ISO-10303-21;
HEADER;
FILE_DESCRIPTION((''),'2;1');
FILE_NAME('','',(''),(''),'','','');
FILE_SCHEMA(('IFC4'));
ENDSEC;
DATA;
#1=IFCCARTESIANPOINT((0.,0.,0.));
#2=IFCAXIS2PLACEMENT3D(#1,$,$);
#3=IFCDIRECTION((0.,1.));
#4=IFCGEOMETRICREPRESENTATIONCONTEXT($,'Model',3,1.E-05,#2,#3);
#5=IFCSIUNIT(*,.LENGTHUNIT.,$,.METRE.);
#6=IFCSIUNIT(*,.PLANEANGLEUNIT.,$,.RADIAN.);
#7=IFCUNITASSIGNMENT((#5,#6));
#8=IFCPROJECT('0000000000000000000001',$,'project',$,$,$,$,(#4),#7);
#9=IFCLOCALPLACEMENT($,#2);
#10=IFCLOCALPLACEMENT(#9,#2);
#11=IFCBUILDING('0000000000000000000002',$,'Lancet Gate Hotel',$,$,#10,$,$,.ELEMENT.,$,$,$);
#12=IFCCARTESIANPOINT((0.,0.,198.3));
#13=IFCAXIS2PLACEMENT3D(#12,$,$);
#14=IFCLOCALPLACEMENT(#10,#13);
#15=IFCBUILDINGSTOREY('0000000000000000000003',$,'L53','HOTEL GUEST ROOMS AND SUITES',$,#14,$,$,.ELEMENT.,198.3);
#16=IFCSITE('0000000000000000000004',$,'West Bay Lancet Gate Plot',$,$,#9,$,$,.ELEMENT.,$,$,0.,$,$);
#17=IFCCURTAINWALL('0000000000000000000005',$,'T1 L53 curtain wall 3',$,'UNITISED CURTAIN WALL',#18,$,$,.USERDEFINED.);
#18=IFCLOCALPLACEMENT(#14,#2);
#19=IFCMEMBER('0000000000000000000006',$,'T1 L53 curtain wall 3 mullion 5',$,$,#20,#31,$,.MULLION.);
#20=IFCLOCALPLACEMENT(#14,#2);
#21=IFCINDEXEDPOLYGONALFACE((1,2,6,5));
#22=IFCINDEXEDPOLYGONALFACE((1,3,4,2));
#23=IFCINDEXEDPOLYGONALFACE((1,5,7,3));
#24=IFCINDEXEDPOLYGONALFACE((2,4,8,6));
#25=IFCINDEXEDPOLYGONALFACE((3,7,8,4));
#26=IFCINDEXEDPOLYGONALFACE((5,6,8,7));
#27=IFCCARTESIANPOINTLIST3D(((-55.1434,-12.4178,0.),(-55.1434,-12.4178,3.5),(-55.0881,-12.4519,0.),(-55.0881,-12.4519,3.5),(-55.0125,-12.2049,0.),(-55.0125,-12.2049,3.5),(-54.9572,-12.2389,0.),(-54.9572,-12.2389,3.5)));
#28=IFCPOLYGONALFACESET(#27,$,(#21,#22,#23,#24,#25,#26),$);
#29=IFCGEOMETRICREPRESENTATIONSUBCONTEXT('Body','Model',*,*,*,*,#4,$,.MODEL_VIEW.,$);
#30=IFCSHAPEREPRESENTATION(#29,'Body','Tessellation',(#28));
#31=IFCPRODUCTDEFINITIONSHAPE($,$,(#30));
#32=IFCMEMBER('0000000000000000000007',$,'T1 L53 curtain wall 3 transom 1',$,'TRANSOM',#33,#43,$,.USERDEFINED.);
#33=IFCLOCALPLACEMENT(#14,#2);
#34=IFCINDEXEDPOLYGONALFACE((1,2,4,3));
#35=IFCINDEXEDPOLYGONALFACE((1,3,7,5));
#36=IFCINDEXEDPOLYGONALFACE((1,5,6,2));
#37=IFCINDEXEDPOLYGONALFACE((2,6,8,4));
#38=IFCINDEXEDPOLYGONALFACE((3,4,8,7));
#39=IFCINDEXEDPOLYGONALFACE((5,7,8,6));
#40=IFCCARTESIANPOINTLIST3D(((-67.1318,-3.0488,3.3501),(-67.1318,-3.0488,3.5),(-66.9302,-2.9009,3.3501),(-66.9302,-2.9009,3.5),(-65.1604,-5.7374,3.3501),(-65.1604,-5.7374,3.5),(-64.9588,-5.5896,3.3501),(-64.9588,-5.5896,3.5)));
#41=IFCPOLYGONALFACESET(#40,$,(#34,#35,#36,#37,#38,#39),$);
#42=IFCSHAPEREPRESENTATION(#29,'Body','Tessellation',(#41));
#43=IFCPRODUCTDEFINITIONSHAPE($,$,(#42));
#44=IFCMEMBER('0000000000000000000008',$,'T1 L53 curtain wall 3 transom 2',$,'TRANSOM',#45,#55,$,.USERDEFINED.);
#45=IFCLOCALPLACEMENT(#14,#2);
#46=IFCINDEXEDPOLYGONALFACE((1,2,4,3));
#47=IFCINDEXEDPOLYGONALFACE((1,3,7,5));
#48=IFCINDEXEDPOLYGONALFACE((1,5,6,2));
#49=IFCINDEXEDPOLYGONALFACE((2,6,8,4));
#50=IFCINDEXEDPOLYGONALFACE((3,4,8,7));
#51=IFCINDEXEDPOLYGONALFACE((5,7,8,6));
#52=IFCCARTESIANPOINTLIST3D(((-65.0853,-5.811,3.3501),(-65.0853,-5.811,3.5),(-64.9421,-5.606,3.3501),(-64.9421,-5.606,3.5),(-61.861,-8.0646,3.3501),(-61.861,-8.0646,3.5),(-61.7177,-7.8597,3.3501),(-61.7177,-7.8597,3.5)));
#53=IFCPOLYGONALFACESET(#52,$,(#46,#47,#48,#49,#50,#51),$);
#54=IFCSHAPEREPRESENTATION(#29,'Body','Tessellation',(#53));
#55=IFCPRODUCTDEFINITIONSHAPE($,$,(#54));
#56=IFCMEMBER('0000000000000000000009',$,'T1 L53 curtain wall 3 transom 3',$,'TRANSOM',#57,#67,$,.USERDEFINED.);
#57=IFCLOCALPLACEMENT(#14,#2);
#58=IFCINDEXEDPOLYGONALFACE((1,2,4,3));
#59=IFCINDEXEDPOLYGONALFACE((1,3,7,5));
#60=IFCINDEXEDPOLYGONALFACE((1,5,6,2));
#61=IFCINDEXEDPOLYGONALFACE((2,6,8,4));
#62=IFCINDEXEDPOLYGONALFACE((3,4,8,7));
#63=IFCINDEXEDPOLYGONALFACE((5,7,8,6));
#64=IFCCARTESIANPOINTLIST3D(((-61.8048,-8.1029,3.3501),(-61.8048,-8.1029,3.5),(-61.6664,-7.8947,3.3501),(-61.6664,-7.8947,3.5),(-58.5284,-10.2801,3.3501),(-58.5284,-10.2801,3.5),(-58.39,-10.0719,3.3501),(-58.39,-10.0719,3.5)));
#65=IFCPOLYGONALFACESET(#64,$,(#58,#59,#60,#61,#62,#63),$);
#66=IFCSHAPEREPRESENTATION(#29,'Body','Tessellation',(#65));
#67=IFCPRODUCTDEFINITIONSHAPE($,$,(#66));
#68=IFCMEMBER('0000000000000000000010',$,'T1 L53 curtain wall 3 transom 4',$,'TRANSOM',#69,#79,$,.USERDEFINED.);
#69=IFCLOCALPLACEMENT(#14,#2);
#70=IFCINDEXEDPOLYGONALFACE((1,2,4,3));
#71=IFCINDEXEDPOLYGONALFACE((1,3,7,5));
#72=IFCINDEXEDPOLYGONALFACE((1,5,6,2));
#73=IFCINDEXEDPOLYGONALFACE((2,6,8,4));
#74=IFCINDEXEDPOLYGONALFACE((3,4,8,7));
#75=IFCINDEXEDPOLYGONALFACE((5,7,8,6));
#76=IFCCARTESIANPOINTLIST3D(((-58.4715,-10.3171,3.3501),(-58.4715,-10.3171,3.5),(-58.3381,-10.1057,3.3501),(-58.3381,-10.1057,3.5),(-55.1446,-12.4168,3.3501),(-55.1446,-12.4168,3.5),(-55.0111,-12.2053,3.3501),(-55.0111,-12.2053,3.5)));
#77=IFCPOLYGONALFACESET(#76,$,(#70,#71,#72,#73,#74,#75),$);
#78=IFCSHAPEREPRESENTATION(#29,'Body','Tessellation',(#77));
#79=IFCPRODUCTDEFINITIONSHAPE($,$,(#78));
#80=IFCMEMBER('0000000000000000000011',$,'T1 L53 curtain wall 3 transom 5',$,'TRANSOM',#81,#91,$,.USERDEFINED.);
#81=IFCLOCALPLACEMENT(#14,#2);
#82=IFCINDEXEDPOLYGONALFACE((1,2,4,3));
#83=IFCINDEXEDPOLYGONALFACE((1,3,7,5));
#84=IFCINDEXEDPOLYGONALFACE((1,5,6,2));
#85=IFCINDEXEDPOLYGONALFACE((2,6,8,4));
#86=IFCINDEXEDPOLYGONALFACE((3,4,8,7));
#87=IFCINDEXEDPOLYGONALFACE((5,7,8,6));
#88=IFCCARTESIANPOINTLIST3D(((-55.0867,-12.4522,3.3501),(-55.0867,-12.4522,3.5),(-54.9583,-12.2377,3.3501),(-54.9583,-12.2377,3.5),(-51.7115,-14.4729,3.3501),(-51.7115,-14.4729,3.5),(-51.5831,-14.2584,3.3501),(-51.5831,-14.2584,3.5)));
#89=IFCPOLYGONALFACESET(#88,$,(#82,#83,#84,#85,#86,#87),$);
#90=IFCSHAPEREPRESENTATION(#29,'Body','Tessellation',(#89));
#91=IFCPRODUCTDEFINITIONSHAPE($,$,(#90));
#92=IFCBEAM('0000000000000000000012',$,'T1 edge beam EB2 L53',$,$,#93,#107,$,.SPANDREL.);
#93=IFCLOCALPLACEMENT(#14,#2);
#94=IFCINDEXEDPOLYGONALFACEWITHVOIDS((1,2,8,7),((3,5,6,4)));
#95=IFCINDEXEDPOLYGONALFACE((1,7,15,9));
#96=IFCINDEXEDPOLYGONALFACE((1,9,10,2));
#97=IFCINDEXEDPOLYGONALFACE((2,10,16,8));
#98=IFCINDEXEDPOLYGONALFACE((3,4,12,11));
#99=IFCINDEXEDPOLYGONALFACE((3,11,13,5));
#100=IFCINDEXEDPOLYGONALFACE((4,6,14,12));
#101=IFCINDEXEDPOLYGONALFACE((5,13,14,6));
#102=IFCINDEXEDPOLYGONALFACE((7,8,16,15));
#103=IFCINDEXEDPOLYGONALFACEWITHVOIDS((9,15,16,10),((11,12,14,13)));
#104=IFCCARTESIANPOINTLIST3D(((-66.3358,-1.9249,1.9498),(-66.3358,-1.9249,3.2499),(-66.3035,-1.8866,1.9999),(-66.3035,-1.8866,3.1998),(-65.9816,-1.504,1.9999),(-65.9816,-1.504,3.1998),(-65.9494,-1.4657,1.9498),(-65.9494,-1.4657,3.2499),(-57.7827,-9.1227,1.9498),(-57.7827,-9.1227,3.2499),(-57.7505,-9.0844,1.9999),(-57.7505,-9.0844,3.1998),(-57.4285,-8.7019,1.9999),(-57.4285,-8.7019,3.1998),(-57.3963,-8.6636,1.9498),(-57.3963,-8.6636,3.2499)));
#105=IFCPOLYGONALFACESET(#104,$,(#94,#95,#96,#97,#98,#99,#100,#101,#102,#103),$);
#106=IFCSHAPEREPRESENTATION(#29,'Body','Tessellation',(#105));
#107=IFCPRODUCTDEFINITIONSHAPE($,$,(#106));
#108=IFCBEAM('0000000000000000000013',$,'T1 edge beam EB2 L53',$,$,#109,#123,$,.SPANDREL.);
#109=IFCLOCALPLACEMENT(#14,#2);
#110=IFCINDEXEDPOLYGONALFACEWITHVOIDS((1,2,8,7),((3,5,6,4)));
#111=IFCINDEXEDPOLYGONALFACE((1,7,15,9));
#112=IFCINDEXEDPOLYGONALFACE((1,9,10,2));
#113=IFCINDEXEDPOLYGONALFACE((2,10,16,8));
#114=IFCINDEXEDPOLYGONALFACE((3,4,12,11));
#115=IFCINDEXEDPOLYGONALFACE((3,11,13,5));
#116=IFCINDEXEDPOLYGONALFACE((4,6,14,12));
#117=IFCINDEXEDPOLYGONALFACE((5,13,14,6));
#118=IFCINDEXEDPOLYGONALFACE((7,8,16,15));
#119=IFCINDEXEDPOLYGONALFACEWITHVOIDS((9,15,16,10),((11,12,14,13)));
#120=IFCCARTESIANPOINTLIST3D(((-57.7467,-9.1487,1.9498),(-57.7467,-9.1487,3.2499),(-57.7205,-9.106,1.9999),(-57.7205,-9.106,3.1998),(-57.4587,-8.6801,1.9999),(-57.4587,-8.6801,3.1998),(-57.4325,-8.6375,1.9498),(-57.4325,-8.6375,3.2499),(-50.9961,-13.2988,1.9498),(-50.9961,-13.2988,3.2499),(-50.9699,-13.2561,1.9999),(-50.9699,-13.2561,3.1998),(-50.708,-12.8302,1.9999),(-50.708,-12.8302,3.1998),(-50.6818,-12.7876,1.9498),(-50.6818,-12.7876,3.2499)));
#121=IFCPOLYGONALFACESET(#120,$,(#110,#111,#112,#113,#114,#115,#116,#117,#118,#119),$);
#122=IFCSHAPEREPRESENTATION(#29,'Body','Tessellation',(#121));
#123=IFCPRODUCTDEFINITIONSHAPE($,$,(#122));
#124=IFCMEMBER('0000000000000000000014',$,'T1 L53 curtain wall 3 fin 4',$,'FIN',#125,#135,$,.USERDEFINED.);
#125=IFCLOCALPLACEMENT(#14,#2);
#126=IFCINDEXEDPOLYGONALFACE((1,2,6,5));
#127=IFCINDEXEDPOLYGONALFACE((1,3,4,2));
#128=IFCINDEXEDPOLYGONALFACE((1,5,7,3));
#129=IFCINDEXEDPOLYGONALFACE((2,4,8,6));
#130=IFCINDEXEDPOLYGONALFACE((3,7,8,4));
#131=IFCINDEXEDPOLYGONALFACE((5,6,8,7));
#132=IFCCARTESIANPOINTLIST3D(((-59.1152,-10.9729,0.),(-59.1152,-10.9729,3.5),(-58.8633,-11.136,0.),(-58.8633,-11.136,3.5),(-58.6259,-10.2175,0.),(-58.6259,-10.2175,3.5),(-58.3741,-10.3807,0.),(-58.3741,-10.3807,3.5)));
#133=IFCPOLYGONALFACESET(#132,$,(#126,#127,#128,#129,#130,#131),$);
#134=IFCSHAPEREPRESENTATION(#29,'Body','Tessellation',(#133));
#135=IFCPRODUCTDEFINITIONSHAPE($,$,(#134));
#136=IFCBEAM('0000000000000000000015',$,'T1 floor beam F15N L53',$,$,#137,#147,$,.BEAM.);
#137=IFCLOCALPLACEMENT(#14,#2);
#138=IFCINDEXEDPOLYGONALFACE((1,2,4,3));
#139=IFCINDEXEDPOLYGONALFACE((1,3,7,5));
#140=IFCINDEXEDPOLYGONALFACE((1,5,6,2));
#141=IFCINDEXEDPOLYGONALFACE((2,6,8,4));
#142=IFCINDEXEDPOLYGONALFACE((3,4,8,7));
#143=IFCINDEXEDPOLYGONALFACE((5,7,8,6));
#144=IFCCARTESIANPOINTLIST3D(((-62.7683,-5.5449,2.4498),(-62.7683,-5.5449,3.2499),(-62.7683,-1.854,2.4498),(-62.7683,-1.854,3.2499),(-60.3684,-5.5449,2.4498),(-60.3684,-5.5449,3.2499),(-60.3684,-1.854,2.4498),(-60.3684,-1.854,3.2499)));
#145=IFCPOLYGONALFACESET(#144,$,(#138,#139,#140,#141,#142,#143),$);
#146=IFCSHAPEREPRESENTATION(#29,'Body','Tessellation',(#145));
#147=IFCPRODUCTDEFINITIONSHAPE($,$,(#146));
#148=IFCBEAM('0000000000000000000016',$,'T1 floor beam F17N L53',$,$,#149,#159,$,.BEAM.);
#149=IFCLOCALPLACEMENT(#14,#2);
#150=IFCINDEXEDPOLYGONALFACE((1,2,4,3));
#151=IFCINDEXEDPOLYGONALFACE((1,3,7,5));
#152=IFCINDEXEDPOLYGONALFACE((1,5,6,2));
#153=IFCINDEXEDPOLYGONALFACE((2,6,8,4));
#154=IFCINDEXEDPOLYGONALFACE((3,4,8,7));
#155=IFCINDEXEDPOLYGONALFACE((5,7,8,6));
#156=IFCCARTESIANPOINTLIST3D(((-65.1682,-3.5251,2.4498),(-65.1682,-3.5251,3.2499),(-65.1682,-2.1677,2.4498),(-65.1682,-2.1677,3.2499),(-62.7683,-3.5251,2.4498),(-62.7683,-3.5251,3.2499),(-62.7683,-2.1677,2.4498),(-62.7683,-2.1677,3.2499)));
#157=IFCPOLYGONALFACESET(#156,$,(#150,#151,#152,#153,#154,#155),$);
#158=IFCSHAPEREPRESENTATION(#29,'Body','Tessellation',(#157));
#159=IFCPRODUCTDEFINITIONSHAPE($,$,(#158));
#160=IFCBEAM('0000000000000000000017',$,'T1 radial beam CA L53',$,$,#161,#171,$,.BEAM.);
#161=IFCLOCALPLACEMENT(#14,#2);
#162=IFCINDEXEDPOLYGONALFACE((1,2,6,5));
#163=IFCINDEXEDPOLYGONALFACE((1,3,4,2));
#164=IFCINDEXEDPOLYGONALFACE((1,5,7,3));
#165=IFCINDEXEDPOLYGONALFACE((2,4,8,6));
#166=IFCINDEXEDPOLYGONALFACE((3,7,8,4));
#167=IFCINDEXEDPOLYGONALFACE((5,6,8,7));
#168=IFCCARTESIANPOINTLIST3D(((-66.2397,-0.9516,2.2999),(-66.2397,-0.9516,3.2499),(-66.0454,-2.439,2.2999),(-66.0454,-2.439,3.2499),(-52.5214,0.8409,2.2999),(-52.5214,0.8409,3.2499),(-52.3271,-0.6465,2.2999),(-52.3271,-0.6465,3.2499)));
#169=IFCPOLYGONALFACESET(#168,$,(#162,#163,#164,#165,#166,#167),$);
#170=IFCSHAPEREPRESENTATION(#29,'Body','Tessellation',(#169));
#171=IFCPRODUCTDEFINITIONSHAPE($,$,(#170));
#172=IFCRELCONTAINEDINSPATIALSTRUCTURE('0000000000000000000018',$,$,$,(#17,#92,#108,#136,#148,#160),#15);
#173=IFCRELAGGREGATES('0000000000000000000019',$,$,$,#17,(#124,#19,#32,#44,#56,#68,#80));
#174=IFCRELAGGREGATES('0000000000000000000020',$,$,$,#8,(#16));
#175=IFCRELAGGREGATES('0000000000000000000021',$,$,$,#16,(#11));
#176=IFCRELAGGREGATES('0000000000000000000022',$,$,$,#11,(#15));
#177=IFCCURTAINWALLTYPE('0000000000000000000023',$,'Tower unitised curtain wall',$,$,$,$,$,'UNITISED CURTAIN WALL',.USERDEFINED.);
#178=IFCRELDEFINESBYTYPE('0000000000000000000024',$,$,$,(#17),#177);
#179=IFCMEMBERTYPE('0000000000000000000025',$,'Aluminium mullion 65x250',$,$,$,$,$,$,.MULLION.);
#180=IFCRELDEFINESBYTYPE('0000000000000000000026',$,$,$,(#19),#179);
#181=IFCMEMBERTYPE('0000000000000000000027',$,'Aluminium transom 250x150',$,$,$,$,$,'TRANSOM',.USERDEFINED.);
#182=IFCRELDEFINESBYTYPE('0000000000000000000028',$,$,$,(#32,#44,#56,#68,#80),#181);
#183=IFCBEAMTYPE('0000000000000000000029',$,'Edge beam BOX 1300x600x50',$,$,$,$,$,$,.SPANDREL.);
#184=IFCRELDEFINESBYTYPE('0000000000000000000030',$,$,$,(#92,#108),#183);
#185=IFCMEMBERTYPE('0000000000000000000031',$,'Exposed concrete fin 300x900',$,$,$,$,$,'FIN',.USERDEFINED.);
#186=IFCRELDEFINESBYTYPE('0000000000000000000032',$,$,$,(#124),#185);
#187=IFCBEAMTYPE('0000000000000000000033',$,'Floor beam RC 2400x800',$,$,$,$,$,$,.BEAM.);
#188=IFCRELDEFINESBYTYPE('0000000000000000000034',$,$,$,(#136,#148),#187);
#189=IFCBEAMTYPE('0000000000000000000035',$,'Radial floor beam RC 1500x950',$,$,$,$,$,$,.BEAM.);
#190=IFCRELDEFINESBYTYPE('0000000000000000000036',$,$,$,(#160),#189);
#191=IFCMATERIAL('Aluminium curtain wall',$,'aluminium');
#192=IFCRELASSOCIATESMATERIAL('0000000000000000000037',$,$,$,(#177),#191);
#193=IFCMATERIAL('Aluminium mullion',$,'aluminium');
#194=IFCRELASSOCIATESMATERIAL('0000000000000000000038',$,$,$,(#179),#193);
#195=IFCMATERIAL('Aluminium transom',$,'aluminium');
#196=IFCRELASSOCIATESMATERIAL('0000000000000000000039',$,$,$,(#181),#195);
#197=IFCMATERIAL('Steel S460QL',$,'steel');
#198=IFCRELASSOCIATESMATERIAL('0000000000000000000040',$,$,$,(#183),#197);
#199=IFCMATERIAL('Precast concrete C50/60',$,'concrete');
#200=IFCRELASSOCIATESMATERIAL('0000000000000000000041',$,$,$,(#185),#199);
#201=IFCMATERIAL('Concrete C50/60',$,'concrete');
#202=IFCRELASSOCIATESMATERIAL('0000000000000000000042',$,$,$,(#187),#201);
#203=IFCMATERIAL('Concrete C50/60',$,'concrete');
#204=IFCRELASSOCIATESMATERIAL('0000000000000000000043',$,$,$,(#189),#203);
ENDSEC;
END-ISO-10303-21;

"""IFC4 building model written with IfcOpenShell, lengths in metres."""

from ifc_helpers import new_model, si_unit, direction, frame, origin, origin_2d, place, context, subcontext, project, spatial, rectangle, hollow_rectangle, extrude, material, material_profile, profile_set, type_object, element, aggregate, save


model = new_model("IFC4")

# Units and contexts
model_context = context("Model", 3, precision=1e-05, world=origin(), true_north=direction((0.0, 1.0)))
body_context = subcontext(model_context, "Body", "Model", "MODEL_VIEW")
ifc_project = project(units=[si_unit("LENGTHUNIT", "METRE"), si_unit("PLANEANGLEUNIT", "RADIAN")], contexts=[model_context])

# Site, building, storey
site_placement = place(None, origin())
site = spatial("IfcSite", under=ifc_project, at=site_placement, Name="West Bay Lancet Gate Plot", CompositionType="ELEMENT", RefElevation=0.0)
building_placement = place(site_placement, origin())
building = spatial("IfcBuilding", under=site, at=building_placement, Name="Lancet Gate Hotel", CompositionType="ELEMENT")
storey_placement = place(building_placement, frame((0.0, 0.0, 198.3)))
storey = spatial("IfcBuildingStorey", under=building, at=storey_placement, Name="L53", Description="HOTEL GUEST ROOMS AND SUITES", CompositionType="ELEMENT", Elevation=198.3)

# Curtain wall, members
ifc_material_1 = material(Name="Aluminium curtain wall", Category="aluminium")
curtain_wall_type = type_object("IfcCurtainWallType", Name="Tower unitised curtain wall", ElementType="UNITISED CURTAIN WALL", PredefinedType="USERDEFINED", material=ifc_material_1)
curtain_wall_placement = place(storey_placement, origin())
curtain_wall = element("IfcCurtainWall", 1, at=curtain_wall_placement, inside=storey, type_object=curtain_wall_type, Name="T1 L53 curtain wall 3", ObjectType="UNITISED CURTAIN WALL", PredefinedType="USERDEFINED")
ifc_material_2 = material(Name="Aluminium mullion", Category="aluminium")
ifc_material_profile_1 = material_profile(ifc_material_2, rectangle(XDim=0.0649, YDim=0.25, at=origin_2d()), Name="MULLION 65x250")
ifc_profile_set_1 = profile_set([ifc_material_profile_1], Name="Aluminium mullion")
member_type_1 = type_object("IfcMemberType", Name="Aluminium mullion 65x250", PredefinedType="MULLION", material=ifc_profile_set_1)
member_1_placement = place(storey_placement, frame((-55.0503, -12.3284, 0.0), z_axis=(0.0, 0.0, 1.0), x_axis=(0.851886, -0.523728, 0.0)))
member_1 = element("IfcMember", 2, at=member_1_placement, type_object=member_type_1, Name="T1 L53 curtain wall 3 mullion 5", PredefinedType="MULLION", context=body_context, shape_type="SweptSolid", body=[
    extrude(rectangle(XDim=0.0649, YDim=0.25, at=origin_2d()), origin(), (0.0, 0.0, 1.0), 3.5),
])
ifc_material_3 = material(Name="Aluminium transom", Category="aluminium")
ifc_material_profile_2 = material_profile(ifc_material_3, rectangle(XDim=0.25, YDim=0.1499, at=origin_2d()), Name="TRANSOM 250x150")
ifc_profile_set_2 = profile_set([ifc_material_profile_2], Name="Aluminium transom")
member_type_2 = type_object("IfcMemberType", Name="Aluminium transom 250x150", ElementType="TRANSOM", PredefinedType="USERDEFINED", material=ifc_profile_set_2)
member_2_placement = place(storey_placement, frame((-67.031, -2.9749, 3.425), z_axis=(0.591307, -0.806447, 0.0), x_axis=(0.806447, 0.591307, 0.0)))
member_2 = element("IfcMember", 3, at=member_2_placement, type_object=member_type_2, Name="T1 L53 curtain wall 3 transom 1", ObjectType="TRANSOM", PredefinedType="USERDEFINED", context=body_context, shape_type="SweptSolid", body=[
    extrude(rectangle(XDim=0.25, YDim=0.1499, at=origin_2d()), origin(), (0.0, 0.0, 1.0), 3.334),
])
member_3_placement = place(storey_placement, frame((-65.0137, -5.7085, 3.425), z_axis=(0.819637, -0.572883, 0.0), x_axis=(0.572883, 0.819637, 0.0)))
member_3 = element("IfcMember", 4, at=member_3_placement, type_object=member_type_2, Name="T1 L53 curtain wall 3 transom 2", ObjectType="TRANSOM", PredefinedType="USERDEFINED", context=body_context, shape_type="SweptSolid", body=[
    extrude(rectangle(XDim=0.25, YDim=0.1499, at=origin_2d()), origin(), (0.0, 0.0, 1.0), 3.9338),
])
member_4_placement = place(storey_placement, frame((-61.7356, -7.9988, 3.425), z_axis=(0.832871, -0.553468, 0.0), x_axis=(0.553468, 0.832871, 0.0)))
member_4 = element("IfcMember", 5, at=member_4_placement, type_object=member_type_2, Name="T1 L53 curtain wall 3 transom 3", ObjectType="TRANSOM", PredefinedType="USERDEFINED", context=body_context, shape_type="SweptSolid", body=[
    extrude(rectangle(XDim=0.25, YDim=0.1499, at=origin_2d()), origin(), (0.0, 0.0, 1.0), 3.9338),
])
member_5_placement = place(storey_placement, frame((-58.4048, -10.2114, 3.425), z_axis=(0.845672, -0.533703, 0.0), x_axis=(0.533703, 0.845672, 0.0)))
member_5 = element("IfcMember", 6, at=member_5_placement, type_object=member_type_2, Name="T1 L53 curtain wall 3 transom 4", ObjectType="TRANSOM", PredefinedType="USERDEFINED", context=body_context, shape_type="SweptSolid", body=[
    extrude(rectangle(XDim=0.25, YDim=0.1499, at=origin_2d()), origin(), (0.0, 0.0, 1.0), 3.9341),
])
member_6_placement = place(storey_placement, frame((-55.0225, -12.345, 3.425), z_axis=(0.857985, -0.513674, 0.0), x_axis=(0.513674, 0.857985, 0.0)))
member_6 = element("IfcMember", 7, at=member_6_placement, type_object=member_type_2, Name="T1 L53 curtain wall 3 transom 5", ObjectType="TRANSOM", PredefinedType="USERDEFINED", context=body_context, shape_type="SweptSolid", body=[
    extrude(rectangle(XDim=0.25, YDim=0.1499, at=origin_2d()), origin(), (0.0, 0.0, 1.0), 3.9338),
])

# Beams
ifc_material_4 = material(Name="Steel S460QL", Category="steel")
ifc_material_profile_3 = material_profile(ifc_material_4, hollow_rectangle(XDim=0.6001, YDim=1.3, WallThickness=0.05, at=origin_2d()), Name="BOX 1300x600x50")
ifc_profile_set_3 = profile_set([ifc_material_profile_3], Name="Steel S460QL")
beam_type_1 = type_object("IfcBeamType", Name="Edge beam BOX 1300x600x50", PredefinedType="SPANDREL", material=ifc_profile_set_3)
beam_1_placement = place(storey_placement, frame((-66.1426, -1.6953, 2.5999), z_axis=(0.765121, -0.643887, 0.0), x_axis=(0.643887, 0.765121, 0.0)))
element("IfcBeam", 8, at=beam_1_placement, inside=storey, type_object=beam_type_1, Name="T1 edge beam EB2 L53", PredefinedType="SPANDREL", context=body_context, shape_type="SweptSolid", body=[
    extrude(hollow_rectangle(XDim=0.6001, YDim=1.3, WallThickness=0.05, at=origin_2d()), origin(), (0.0, 0.0, 1.0), 11.1787),
])
beam_2_placement = place(storey_placement, frame((-57.5896, -8.8931, 2.5999), z_axis=(0.851892, -0.523717, 0.0), x_axis=(0.523717, 0.851892, 0.0)))
element("IfcBeam", 9, at=beam_2_placement, inside=storey, type_object=beam_type_1, Name="T1 edge beam EB2 L53", PredefinedType="SPANDREL", context=body_context, shape_type="SweptSolid", body=[
    extrude(hollow_rectangle(XDim=0.6001, YDim=1.3, WallThickness=0.05, at=origin_2d()), origin(), (0.0, 0.0, 1.0), 7.9243),
])

# Member
ifc_material_5 = material(Name="Precast concrete C50/60", Category="concrete")
ifc_material_profile_4 = material_profile(ifc_material_5, rectangle(XDim=0.3, YDim=0.8999, at=origin_2d()), Name="FIN 300x900")
ifc_profile_set_4 = profile_set([ifc_material_profile_4], Name="Precast concrete C50/60")
member_type_3 = type_object("IfcMemberType", Name="Exposed concrete fin 300x900", ElementType="FIN", PredefinedType="USERDEFINED", material=ifc_profile_set_4)
member_7_placement = place(storey_placement, frame((-58.7446, -10.6768, 0.0), z_axis=(0.0, 0.0, 1.0), x_axis=(0.839331, -0.543621, 0.0)))
member_7 = element("IfcMember", 10, at=member_7_placement, type_object=member_type_3, Name="T1 L53 curtain wall 3 fin 4", ObjectType="FIN", PredefinedType="USERDEFINED", context=body_context, shape_type="SweptSolid", body=[
    extrude(rectangle(XDim=0.3, YDim=0.8999, at=origin_2d()), origin(), (0.0, 0.0, 1.0), 3.5),
])

# Beams
ifc_material_6 = material(Name="Concrete C50/60", Category="concrete")
ifc_material_profile_5 = material_profile(ifc_material_6, rectangle(XDim=2.3999, YDim=0.8, at=origin_2d()), Name="RC 2400x800")
ifc_profile_set_5 = profile_set([ifc_material_profile_5], Name="Concrete C50/60")
beam_type_2 = type_object("IfcBeamType", Name="Floor beam RC 2400x800", PredefinedType="BEAM", material=ifc_profile_set_5)
beam_3_placement = place(storey_placement, frame((-61.5684, -1.854, 2.8499), z_axis=(0.0, -1.0, 0.0), x_axis=(1.0, 0.0, 0.0)))
element("IfcBeam", 11, at=beam_3_placement, inside=storey, type_object=beam_type_2, Name="T1 floor beam F15N L53", PredefinedType="BEAM", context=body_context, shape_type="SweptSolid", body=[
    extrude(rectangle(XDim=2.3999, YDim=0.8, at=origin_2d()), origin(), (0.0, 0.0, 1.0), 3.6909),
])
beam_4_placement = place(storey_placement, frame((-63.9683, -2.1677, 2.8499), z_axis=(0.0, -1.0, 0.0), x_axis=(1.0, 0.0, 0.0)))
element("IfcBeam", 12, at=beam_4_placement, inside=storey, type_object=beam_type_2, Name="T1 floor beam F17N L53", PredefinedType="BEAM", context=body_context, shape_type="SweptSolid", body=[
    extrude(rectangle(XDim=2.3999, YDim=0.8, at=origin_2d()), origin(), (0.0, 0.0, 1.0), 1.3574),
])
ifc_material_7 = material(Name="Concrete C50/60", Category="concrete")
ifc_material_profile_6 = material_profile(ifc_material_7, rectangle(XDim=1.5, YDim=0.95, at=origin_2d()), Name="RC 1500x950")
ifc_profile_set_6 = profile_set([ifc_material_profile_6], Name="Concrete C50/60")
beam_type_3 = type_object("IfcBeamType", Name="Radial floor beam RC 1500x950", PredefinedType="BEAM", material=ifc_profile_set_6)
beam_5_placement = place(storey_placement, frame((-66.1426, -1.6953, 2.7749), z_axis=(0.991571, 0.129562, 0.0), x_axis=(-0.129562, 0.991571, 0.0)))
element("IfcBeam", 13, at=beam_5_placement, inside=storey, type_object=beam_type_3, Name="T1 radial beam CA L53", PredefinedType="BEAM", context=body_context, shape_type="SweptSolid", body=[
    extrude(rectangle(XDim=1.5, YDim=0.95, at=origin_2d()), origin(), (0.0, 0.0, 1.0), 13.835),
])

aggregate(curtain_wall, [member_7, member_1, member_2, member_3, member_4, member_5, member_6])

save(model, "model.ifc")
